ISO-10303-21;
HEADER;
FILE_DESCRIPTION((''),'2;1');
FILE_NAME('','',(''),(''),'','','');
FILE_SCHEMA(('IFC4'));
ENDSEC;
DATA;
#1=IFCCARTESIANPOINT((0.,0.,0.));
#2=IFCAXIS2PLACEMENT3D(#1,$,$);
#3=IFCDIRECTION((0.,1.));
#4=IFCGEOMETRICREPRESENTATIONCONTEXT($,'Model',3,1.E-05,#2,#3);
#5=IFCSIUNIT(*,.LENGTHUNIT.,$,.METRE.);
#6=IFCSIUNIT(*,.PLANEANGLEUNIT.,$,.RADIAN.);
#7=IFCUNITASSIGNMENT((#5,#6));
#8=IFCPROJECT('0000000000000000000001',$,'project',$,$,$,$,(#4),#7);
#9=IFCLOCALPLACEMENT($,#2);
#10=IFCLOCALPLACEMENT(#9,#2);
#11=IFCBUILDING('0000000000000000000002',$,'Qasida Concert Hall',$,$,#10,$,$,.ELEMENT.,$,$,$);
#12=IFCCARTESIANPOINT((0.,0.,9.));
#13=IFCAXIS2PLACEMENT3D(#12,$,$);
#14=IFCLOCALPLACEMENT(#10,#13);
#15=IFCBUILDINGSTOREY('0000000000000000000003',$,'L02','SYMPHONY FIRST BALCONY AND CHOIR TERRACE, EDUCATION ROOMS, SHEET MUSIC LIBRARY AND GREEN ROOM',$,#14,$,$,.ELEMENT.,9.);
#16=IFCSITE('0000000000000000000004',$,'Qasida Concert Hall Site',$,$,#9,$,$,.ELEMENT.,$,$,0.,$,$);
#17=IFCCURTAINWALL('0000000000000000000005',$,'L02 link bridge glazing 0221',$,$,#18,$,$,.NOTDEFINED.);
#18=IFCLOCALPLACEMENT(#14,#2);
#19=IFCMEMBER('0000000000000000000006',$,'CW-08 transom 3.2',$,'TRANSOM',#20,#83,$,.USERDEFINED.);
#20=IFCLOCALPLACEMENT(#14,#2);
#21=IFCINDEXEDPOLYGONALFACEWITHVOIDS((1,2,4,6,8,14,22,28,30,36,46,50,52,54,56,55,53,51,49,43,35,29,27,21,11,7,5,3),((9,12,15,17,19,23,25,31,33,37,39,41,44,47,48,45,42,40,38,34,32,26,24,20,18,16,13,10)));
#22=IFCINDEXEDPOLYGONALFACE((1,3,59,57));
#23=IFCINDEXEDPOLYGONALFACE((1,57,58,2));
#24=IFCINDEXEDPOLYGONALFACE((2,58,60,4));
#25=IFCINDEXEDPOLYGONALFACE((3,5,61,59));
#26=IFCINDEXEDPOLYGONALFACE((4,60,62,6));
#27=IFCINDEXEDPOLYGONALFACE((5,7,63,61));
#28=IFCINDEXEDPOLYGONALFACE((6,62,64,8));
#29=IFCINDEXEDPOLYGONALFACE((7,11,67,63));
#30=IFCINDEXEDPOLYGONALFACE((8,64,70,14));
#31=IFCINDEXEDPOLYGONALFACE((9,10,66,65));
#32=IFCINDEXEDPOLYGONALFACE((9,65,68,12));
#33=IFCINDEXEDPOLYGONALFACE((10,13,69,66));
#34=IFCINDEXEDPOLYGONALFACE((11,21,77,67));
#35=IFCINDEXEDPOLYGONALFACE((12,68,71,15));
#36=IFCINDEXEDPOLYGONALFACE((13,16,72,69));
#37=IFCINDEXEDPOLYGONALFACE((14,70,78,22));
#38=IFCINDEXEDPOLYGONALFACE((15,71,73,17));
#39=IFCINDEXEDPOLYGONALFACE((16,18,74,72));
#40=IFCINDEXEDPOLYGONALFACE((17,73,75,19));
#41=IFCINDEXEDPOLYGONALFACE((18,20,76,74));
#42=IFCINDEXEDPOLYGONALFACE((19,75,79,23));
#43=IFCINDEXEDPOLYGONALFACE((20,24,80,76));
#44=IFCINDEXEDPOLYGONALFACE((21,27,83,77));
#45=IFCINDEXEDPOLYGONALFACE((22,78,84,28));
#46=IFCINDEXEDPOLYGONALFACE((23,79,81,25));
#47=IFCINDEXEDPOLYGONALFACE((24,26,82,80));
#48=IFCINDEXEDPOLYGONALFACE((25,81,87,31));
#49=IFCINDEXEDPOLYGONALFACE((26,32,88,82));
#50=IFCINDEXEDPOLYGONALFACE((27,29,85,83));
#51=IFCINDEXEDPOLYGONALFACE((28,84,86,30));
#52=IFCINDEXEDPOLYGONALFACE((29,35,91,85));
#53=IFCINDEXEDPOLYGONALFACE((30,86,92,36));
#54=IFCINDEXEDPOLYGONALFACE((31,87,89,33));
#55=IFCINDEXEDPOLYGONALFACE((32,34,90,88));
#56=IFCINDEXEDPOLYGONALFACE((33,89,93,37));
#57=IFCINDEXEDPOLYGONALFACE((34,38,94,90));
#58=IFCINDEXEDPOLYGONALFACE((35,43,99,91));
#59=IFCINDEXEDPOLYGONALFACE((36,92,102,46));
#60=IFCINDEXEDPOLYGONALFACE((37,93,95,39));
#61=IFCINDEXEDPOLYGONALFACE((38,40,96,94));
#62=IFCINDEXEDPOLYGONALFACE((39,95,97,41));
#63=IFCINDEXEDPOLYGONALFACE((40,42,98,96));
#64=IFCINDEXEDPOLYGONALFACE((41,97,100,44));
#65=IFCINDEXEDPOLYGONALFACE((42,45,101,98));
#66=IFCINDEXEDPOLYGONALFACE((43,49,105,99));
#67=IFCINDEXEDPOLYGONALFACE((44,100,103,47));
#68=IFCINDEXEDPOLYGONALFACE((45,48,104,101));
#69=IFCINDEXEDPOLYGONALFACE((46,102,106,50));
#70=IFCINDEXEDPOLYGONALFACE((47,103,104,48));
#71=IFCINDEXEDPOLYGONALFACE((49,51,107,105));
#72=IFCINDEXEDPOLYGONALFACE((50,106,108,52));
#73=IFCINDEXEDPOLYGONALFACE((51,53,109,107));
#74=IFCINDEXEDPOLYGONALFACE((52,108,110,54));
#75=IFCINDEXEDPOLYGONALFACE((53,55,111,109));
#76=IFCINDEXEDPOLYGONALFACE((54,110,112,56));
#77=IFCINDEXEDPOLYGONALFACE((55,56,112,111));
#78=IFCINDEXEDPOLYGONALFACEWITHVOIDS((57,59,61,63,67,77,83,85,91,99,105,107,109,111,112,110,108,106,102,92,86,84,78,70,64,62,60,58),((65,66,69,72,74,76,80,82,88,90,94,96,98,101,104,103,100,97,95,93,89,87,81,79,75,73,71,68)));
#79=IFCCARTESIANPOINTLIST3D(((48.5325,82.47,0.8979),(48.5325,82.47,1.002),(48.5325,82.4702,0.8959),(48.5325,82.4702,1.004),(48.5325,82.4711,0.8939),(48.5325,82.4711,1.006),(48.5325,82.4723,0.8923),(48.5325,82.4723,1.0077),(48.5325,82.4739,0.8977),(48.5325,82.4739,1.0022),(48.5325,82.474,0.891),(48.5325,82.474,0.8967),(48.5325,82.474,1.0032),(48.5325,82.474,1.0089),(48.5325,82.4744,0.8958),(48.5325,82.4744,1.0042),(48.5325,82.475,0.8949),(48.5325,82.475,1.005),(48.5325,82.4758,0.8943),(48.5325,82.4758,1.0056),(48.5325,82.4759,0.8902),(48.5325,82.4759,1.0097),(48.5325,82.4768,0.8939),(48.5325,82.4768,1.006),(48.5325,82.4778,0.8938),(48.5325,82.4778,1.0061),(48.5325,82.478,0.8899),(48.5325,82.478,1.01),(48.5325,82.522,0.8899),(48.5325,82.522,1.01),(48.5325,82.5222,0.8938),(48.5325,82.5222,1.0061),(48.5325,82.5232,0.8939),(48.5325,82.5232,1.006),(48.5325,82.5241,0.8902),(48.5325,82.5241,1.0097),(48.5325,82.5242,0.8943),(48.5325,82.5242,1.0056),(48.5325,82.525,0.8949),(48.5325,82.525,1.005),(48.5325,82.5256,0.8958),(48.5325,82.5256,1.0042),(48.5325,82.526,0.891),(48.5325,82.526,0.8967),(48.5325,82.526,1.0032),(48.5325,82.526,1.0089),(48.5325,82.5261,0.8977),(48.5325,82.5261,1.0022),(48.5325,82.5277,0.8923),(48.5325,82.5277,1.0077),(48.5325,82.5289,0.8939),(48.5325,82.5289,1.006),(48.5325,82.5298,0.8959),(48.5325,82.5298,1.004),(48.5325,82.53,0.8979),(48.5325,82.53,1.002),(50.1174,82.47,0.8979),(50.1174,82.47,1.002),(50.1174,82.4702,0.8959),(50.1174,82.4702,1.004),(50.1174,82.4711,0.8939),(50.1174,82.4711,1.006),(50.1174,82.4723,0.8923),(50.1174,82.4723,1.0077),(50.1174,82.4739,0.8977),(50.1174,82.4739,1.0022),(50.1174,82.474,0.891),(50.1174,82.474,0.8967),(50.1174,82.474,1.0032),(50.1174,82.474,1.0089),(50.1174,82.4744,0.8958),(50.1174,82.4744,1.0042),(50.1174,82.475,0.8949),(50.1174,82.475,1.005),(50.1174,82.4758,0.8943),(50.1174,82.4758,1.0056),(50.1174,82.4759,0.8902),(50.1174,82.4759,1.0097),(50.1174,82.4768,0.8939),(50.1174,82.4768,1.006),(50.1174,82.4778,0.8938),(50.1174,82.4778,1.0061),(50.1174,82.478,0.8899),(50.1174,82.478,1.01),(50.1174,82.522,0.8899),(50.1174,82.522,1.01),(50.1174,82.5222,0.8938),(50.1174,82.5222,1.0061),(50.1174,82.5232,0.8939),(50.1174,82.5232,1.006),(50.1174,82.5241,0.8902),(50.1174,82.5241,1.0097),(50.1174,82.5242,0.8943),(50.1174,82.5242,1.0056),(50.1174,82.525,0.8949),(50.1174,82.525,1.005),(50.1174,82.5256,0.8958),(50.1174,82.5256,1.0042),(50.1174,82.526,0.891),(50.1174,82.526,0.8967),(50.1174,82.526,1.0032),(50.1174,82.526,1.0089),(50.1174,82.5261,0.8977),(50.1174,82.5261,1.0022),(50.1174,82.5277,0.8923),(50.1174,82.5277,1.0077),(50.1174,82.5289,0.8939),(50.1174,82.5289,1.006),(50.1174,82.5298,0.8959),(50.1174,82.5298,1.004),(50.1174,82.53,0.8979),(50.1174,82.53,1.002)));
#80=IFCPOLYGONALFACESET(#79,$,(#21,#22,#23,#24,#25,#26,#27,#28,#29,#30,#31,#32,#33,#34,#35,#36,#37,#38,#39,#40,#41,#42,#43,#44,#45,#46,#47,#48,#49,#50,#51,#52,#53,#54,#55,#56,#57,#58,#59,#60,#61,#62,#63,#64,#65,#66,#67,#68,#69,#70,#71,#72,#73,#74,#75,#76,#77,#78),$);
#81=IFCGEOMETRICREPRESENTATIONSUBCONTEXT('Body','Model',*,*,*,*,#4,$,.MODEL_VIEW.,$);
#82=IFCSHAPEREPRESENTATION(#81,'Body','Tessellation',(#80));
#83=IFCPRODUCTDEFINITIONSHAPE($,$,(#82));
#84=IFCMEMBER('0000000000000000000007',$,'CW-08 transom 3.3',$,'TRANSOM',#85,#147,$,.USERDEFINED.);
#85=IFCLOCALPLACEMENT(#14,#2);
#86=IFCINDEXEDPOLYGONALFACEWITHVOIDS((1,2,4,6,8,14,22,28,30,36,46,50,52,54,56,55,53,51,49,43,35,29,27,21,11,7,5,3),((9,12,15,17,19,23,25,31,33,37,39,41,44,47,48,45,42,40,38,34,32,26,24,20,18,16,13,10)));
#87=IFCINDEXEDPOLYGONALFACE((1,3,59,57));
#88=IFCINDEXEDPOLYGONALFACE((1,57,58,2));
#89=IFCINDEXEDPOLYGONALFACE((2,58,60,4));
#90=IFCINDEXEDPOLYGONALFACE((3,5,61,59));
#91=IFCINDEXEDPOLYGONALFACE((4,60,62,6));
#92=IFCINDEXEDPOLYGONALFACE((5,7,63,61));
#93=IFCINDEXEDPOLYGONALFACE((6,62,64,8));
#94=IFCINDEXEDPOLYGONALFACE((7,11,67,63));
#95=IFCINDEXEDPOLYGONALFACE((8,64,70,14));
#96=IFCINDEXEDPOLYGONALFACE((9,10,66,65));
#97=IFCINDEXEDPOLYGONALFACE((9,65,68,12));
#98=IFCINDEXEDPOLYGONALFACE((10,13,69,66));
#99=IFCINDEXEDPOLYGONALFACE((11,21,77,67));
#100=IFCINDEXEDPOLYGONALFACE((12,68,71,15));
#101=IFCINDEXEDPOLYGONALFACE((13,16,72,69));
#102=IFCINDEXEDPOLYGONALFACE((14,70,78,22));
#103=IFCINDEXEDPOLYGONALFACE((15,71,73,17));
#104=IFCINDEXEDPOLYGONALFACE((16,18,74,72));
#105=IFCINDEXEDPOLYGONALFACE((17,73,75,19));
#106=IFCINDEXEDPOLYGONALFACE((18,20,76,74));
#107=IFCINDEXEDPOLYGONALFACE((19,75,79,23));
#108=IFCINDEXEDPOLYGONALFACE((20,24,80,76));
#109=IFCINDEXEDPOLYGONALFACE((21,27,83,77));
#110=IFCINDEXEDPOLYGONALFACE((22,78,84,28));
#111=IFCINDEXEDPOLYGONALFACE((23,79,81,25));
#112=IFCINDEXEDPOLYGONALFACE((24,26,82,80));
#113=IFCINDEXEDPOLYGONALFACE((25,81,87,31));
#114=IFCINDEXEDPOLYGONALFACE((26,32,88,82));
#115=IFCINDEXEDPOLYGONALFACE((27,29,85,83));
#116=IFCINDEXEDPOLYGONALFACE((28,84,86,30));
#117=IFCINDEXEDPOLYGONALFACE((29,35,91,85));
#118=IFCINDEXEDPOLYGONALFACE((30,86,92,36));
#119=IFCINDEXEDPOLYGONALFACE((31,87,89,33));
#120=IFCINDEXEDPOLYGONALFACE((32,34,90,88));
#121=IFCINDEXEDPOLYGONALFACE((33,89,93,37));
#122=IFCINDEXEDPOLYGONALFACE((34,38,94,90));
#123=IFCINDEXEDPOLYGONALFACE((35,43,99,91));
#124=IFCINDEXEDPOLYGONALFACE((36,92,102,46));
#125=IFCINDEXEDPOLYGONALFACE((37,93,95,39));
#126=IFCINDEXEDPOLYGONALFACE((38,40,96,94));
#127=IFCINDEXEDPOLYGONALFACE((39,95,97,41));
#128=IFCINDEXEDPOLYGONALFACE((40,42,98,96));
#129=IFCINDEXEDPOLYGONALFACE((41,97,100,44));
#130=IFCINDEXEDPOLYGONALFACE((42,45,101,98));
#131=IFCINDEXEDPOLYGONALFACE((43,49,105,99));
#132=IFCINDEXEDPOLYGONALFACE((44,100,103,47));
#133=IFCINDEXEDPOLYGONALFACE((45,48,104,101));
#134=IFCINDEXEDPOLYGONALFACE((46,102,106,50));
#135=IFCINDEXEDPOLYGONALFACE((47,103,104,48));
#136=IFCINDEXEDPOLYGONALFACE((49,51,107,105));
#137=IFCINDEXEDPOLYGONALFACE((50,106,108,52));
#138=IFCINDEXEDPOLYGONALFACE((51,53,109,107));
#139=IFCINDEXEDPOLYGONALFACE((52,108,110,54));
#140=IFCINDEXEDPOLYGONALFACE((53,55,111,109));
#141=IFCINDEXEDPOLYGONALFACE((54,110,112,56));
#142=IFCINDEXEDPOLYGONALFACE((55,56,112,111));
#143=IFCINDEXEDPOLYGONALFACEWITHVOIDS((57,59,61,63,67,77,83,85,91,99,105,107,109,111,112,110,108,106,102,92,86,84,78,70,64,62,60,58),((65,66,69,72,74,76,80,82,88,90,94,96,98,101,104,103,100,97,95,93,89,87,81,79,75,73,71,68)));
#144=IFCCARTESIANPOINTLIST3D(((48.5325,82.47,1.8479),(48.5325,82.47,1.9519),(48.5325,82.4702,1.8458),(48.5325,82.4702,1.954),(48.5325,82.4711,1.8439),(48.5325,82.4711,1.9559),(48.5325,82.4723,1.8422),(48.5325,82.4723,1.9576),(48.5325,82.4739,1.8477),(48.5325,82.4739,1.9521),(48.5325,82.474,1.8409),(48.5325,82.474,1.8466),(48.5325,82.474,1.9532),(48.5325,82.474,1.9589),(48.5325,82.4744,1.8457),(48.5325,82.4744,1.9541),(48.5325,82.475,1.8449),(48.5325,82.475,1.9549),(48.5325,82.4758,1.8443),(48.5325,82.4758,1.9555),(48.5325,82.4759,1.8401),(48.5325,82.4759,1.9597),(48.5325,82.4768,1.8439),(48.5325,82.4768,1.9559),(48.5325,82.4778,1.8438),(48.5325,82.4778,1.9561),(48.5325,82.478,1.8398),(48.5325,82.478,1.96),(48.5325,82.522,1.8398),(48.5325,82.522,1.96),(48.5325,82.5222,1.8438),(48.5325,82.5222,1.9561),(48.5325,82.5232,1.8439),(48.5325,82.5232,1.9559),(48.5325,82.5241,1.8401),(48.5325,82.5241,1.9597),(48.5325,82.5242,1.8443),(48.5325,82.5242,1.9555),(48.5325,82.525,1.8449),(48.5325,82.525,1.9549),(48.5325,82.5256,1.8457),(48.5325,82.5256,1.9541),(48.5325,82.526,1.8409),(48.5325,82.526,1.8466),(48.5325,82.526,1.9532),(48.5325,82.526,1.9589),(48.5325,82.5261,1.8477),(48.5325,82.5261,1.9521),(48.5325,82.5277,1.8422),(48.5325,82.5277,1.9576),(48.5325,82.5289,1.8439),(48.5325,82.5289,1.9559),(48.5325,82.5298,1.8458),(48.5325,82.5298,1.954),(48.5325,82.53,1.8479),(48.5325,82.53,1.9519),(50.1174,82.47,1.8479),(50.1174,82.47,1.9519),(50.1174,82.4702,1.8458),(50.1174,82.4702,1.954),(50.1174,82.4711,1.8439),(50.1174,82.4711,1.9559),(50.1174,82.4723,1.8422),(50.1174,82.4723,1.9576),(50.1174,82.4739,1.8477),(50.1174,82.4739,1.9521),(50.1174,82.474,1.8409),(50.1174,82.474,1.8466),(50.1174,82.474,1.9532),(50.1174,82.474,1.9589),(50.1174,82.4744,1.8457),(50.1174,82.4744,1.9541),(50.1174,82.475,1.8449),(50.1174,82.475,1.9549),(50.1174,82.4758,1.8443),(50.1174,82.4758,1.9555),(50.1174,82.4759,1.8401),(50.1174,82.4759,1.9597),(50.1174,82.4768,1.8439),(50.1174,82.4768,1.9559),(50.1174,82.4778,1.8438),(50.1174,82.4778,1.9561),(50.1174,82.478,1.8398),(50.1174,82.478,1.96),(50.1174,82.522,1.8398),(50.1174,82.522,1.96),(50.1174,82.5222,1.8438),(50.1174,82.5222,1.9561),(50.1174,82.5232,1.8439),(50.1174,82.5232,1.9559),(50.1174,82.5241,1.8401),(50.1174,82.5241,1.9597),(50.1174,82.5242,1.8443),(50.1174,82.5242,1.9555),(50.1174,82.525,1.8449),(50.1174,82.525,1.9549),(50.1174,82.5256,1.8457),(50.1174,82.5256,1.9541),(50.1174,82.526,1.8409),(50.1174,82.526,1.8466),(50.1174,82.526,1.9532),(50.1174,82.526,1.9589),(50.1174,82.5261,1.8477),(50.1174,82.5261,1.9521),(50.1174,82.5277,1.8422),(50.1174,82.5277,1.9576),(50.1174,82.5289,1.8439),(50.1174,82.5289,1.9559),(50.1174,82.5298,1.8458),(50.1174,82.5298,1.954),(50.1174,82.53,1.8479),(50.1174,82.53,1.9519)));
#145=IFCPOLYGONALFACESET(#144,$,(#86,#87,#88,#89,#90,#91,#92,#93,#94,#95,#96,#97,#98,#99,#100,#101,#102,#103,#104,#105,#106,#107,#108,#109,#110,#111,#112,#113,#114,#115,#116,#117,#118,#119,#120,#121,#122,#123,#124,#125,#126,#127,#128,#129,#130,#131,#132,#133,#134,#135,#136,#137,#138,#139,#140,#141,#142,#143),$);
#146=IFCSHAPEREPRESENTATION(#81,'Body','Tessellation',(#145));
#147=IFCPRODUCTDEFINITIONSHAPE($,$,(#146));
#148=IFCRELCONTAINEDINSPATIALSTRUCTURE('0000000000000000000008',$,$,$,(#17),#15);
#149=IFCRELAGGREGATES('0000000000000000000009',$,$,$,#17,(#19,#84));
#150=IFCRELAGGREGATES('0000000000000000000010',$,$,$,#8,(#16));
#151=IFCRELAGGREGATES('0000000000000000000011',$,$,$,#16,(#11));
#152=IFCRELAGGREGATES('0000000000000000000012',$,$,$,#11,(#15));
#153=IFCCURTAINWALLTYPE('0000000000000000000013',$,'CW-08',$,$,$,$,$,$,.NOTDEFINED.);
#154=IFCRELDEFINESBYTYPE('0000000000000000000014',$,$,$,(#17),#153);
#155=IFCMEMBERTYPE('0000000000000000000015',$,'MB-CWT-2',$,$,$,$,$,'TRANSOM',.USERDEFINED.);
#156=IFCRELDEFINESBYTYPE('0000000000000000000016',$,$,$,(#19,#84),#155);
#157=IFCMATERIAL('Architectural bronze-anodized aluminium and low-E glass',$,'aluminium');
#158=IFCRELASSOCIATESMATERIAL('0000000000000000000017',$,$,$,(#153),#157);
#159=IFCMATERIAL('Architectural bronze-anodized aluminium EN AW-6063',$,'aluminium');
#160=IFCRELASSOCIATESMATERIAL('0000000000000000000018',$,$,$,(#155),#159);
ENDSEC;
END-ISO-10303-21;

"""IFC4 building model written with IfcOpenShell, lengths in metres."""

from ifc_helpers import new_model, si_unit, direction, frame, origin, origin_2d, place, context, subcontext, project, spatial, hollow_rectangle, extrude, material, material_profile, profile_set, type_object, element, aggregate, save


model = new_model("IFC4")

# Units and contexts
model_context = context("Model", 3, precision=1e-05, world=origin(), true_north=direction((0.0, 1.0)))
body_context = subcontext(model_context, "Body", "Model", "MODEL_VIEW")
ifc_project = project(units=[si_unit("LENGTHUNIT", "METRE"), si_unit("PLANEANGLEUNIT", "RADIAN")], contexts=[model_context])

# Site, building, storey
site_placement = place(None, origin())
site = spatial("IfcSite", under=ifc_project, at=site_placement, Name="Qasida Concert Hall Site", CompositionType="ELEMENT", RefElevation=0.0)
building_placement = place(site_placement, origin())
building = spatial("IfcBuilding", under=site, at=building_placement, Name="Qasida Concert Hall", CompositionType="ELEMENT")
storey_placement = place(building_placement, frame((0.0, 0.0, 9.0)))
storey = spatial("IfcBuildingStorey", under=building, at=storey_placement, Name="L02", Description="SYMPHONY FIRST BALCONY AND CHOIR TERRACE, EDUCATION ROOMS, SHEET MUSIC LIBRARY AND GREEN ROOM", CompositionType="ELEMENT", Elevation=9.0)

# Curtain wall, members
ifc_material_1 = material(Name="Architectural bronze-anodized aluminium and low-E glass", Category="aluminium")
curtain_wall_type = type_object("IfcCurtainWallType", Name="CW-08", PredefinedType="NOTDEFINED", material=ifc_material_1)
curtain_wall_placement = place(storey_placement, origin())
curtain_wall = element("IfcCurtainWall", 1, at=curtain_wall_placement, inside=storey, type_object=curtain_wall_type, Name="L02 link bridge glazing 0221", PredefinedType="NOTDEFINED")
ifc_material_2 = material(Name="Architectural bronze-anodized aluminium EN AW-6063", Category="aluminium")
ifc_material_profile_1 = material_profile(ifc_material_2, hollow_rectangle(XDim=0.0601, YDim=0.1201, WallThickness=0.0039, InnerFilletRadius=0.0039, OuterFilletRadius=0.0081, at=origin_2d()), Name="CWT 120x60x4")
ifc_profile_set_1 = profile_set([ifc_material_profile_1], Name="Architectural bronze-anodized aluminium EN AW-6063")
member_type_1 = type_object("IfcMemberType", Name="MB-CWT-2", ElementType="TRANSOM", PredefinedType="USERDEFINED", material=ifc_profile_set_1)
member_1_placement = place(storey_placement, frame((48.5325, 82.5, 0.95), z_axis=(1.0, 0.0, 0.0), x_axis=(0.0, 1.0, 0.0)))
member_1 = element("IfcMember", 2, at=member_1_placement, type_object=member_type_1, Name="CW-08 transom 3.2", ObjectType="TRANSOM", PredefinedType="USERDEFINED", context=body_context, shape_type="SweptSolid", body=[
    extrude(hollow_rectangle(XDim=0.0601, YDim=0.1201, WallThickness=0.0039, InnerFilletRadius=0.0039, OuterFilletRadius=0.0081, at=origin_2d()), origin(), (0.0, 0.0, 1.0), 1.585),
])
member_2_placement = place(storey_placement, frame((48.5325, 82.5, 1.8999), z_axis=(1.0, 0.0, 0.0), x_axis=(0.0, 1.0, 0.0)))
member_2 = element("IfcMember", 3, at=member_2_placement, type_object=member_type_1, Name="CW-08 transom 3.3", ObjectType="TRANSOM", PredefinedType="USERDEFINED", context=body_context, shape_type="SweptSolid", body=[
    extrude(hollow_rectangle(XDim=0.0601, YDim=0.1201, WallThickness=0.0039, InnerFilletRadius=0.0039, OuterFilletRadius=0.0081, at=origin_2d()), origin(), (0.0, 0.0, 1.0), 1.585),
])
aggregate(curtain_wall, [member_1, member_2])

save(model, "model.ifc")
